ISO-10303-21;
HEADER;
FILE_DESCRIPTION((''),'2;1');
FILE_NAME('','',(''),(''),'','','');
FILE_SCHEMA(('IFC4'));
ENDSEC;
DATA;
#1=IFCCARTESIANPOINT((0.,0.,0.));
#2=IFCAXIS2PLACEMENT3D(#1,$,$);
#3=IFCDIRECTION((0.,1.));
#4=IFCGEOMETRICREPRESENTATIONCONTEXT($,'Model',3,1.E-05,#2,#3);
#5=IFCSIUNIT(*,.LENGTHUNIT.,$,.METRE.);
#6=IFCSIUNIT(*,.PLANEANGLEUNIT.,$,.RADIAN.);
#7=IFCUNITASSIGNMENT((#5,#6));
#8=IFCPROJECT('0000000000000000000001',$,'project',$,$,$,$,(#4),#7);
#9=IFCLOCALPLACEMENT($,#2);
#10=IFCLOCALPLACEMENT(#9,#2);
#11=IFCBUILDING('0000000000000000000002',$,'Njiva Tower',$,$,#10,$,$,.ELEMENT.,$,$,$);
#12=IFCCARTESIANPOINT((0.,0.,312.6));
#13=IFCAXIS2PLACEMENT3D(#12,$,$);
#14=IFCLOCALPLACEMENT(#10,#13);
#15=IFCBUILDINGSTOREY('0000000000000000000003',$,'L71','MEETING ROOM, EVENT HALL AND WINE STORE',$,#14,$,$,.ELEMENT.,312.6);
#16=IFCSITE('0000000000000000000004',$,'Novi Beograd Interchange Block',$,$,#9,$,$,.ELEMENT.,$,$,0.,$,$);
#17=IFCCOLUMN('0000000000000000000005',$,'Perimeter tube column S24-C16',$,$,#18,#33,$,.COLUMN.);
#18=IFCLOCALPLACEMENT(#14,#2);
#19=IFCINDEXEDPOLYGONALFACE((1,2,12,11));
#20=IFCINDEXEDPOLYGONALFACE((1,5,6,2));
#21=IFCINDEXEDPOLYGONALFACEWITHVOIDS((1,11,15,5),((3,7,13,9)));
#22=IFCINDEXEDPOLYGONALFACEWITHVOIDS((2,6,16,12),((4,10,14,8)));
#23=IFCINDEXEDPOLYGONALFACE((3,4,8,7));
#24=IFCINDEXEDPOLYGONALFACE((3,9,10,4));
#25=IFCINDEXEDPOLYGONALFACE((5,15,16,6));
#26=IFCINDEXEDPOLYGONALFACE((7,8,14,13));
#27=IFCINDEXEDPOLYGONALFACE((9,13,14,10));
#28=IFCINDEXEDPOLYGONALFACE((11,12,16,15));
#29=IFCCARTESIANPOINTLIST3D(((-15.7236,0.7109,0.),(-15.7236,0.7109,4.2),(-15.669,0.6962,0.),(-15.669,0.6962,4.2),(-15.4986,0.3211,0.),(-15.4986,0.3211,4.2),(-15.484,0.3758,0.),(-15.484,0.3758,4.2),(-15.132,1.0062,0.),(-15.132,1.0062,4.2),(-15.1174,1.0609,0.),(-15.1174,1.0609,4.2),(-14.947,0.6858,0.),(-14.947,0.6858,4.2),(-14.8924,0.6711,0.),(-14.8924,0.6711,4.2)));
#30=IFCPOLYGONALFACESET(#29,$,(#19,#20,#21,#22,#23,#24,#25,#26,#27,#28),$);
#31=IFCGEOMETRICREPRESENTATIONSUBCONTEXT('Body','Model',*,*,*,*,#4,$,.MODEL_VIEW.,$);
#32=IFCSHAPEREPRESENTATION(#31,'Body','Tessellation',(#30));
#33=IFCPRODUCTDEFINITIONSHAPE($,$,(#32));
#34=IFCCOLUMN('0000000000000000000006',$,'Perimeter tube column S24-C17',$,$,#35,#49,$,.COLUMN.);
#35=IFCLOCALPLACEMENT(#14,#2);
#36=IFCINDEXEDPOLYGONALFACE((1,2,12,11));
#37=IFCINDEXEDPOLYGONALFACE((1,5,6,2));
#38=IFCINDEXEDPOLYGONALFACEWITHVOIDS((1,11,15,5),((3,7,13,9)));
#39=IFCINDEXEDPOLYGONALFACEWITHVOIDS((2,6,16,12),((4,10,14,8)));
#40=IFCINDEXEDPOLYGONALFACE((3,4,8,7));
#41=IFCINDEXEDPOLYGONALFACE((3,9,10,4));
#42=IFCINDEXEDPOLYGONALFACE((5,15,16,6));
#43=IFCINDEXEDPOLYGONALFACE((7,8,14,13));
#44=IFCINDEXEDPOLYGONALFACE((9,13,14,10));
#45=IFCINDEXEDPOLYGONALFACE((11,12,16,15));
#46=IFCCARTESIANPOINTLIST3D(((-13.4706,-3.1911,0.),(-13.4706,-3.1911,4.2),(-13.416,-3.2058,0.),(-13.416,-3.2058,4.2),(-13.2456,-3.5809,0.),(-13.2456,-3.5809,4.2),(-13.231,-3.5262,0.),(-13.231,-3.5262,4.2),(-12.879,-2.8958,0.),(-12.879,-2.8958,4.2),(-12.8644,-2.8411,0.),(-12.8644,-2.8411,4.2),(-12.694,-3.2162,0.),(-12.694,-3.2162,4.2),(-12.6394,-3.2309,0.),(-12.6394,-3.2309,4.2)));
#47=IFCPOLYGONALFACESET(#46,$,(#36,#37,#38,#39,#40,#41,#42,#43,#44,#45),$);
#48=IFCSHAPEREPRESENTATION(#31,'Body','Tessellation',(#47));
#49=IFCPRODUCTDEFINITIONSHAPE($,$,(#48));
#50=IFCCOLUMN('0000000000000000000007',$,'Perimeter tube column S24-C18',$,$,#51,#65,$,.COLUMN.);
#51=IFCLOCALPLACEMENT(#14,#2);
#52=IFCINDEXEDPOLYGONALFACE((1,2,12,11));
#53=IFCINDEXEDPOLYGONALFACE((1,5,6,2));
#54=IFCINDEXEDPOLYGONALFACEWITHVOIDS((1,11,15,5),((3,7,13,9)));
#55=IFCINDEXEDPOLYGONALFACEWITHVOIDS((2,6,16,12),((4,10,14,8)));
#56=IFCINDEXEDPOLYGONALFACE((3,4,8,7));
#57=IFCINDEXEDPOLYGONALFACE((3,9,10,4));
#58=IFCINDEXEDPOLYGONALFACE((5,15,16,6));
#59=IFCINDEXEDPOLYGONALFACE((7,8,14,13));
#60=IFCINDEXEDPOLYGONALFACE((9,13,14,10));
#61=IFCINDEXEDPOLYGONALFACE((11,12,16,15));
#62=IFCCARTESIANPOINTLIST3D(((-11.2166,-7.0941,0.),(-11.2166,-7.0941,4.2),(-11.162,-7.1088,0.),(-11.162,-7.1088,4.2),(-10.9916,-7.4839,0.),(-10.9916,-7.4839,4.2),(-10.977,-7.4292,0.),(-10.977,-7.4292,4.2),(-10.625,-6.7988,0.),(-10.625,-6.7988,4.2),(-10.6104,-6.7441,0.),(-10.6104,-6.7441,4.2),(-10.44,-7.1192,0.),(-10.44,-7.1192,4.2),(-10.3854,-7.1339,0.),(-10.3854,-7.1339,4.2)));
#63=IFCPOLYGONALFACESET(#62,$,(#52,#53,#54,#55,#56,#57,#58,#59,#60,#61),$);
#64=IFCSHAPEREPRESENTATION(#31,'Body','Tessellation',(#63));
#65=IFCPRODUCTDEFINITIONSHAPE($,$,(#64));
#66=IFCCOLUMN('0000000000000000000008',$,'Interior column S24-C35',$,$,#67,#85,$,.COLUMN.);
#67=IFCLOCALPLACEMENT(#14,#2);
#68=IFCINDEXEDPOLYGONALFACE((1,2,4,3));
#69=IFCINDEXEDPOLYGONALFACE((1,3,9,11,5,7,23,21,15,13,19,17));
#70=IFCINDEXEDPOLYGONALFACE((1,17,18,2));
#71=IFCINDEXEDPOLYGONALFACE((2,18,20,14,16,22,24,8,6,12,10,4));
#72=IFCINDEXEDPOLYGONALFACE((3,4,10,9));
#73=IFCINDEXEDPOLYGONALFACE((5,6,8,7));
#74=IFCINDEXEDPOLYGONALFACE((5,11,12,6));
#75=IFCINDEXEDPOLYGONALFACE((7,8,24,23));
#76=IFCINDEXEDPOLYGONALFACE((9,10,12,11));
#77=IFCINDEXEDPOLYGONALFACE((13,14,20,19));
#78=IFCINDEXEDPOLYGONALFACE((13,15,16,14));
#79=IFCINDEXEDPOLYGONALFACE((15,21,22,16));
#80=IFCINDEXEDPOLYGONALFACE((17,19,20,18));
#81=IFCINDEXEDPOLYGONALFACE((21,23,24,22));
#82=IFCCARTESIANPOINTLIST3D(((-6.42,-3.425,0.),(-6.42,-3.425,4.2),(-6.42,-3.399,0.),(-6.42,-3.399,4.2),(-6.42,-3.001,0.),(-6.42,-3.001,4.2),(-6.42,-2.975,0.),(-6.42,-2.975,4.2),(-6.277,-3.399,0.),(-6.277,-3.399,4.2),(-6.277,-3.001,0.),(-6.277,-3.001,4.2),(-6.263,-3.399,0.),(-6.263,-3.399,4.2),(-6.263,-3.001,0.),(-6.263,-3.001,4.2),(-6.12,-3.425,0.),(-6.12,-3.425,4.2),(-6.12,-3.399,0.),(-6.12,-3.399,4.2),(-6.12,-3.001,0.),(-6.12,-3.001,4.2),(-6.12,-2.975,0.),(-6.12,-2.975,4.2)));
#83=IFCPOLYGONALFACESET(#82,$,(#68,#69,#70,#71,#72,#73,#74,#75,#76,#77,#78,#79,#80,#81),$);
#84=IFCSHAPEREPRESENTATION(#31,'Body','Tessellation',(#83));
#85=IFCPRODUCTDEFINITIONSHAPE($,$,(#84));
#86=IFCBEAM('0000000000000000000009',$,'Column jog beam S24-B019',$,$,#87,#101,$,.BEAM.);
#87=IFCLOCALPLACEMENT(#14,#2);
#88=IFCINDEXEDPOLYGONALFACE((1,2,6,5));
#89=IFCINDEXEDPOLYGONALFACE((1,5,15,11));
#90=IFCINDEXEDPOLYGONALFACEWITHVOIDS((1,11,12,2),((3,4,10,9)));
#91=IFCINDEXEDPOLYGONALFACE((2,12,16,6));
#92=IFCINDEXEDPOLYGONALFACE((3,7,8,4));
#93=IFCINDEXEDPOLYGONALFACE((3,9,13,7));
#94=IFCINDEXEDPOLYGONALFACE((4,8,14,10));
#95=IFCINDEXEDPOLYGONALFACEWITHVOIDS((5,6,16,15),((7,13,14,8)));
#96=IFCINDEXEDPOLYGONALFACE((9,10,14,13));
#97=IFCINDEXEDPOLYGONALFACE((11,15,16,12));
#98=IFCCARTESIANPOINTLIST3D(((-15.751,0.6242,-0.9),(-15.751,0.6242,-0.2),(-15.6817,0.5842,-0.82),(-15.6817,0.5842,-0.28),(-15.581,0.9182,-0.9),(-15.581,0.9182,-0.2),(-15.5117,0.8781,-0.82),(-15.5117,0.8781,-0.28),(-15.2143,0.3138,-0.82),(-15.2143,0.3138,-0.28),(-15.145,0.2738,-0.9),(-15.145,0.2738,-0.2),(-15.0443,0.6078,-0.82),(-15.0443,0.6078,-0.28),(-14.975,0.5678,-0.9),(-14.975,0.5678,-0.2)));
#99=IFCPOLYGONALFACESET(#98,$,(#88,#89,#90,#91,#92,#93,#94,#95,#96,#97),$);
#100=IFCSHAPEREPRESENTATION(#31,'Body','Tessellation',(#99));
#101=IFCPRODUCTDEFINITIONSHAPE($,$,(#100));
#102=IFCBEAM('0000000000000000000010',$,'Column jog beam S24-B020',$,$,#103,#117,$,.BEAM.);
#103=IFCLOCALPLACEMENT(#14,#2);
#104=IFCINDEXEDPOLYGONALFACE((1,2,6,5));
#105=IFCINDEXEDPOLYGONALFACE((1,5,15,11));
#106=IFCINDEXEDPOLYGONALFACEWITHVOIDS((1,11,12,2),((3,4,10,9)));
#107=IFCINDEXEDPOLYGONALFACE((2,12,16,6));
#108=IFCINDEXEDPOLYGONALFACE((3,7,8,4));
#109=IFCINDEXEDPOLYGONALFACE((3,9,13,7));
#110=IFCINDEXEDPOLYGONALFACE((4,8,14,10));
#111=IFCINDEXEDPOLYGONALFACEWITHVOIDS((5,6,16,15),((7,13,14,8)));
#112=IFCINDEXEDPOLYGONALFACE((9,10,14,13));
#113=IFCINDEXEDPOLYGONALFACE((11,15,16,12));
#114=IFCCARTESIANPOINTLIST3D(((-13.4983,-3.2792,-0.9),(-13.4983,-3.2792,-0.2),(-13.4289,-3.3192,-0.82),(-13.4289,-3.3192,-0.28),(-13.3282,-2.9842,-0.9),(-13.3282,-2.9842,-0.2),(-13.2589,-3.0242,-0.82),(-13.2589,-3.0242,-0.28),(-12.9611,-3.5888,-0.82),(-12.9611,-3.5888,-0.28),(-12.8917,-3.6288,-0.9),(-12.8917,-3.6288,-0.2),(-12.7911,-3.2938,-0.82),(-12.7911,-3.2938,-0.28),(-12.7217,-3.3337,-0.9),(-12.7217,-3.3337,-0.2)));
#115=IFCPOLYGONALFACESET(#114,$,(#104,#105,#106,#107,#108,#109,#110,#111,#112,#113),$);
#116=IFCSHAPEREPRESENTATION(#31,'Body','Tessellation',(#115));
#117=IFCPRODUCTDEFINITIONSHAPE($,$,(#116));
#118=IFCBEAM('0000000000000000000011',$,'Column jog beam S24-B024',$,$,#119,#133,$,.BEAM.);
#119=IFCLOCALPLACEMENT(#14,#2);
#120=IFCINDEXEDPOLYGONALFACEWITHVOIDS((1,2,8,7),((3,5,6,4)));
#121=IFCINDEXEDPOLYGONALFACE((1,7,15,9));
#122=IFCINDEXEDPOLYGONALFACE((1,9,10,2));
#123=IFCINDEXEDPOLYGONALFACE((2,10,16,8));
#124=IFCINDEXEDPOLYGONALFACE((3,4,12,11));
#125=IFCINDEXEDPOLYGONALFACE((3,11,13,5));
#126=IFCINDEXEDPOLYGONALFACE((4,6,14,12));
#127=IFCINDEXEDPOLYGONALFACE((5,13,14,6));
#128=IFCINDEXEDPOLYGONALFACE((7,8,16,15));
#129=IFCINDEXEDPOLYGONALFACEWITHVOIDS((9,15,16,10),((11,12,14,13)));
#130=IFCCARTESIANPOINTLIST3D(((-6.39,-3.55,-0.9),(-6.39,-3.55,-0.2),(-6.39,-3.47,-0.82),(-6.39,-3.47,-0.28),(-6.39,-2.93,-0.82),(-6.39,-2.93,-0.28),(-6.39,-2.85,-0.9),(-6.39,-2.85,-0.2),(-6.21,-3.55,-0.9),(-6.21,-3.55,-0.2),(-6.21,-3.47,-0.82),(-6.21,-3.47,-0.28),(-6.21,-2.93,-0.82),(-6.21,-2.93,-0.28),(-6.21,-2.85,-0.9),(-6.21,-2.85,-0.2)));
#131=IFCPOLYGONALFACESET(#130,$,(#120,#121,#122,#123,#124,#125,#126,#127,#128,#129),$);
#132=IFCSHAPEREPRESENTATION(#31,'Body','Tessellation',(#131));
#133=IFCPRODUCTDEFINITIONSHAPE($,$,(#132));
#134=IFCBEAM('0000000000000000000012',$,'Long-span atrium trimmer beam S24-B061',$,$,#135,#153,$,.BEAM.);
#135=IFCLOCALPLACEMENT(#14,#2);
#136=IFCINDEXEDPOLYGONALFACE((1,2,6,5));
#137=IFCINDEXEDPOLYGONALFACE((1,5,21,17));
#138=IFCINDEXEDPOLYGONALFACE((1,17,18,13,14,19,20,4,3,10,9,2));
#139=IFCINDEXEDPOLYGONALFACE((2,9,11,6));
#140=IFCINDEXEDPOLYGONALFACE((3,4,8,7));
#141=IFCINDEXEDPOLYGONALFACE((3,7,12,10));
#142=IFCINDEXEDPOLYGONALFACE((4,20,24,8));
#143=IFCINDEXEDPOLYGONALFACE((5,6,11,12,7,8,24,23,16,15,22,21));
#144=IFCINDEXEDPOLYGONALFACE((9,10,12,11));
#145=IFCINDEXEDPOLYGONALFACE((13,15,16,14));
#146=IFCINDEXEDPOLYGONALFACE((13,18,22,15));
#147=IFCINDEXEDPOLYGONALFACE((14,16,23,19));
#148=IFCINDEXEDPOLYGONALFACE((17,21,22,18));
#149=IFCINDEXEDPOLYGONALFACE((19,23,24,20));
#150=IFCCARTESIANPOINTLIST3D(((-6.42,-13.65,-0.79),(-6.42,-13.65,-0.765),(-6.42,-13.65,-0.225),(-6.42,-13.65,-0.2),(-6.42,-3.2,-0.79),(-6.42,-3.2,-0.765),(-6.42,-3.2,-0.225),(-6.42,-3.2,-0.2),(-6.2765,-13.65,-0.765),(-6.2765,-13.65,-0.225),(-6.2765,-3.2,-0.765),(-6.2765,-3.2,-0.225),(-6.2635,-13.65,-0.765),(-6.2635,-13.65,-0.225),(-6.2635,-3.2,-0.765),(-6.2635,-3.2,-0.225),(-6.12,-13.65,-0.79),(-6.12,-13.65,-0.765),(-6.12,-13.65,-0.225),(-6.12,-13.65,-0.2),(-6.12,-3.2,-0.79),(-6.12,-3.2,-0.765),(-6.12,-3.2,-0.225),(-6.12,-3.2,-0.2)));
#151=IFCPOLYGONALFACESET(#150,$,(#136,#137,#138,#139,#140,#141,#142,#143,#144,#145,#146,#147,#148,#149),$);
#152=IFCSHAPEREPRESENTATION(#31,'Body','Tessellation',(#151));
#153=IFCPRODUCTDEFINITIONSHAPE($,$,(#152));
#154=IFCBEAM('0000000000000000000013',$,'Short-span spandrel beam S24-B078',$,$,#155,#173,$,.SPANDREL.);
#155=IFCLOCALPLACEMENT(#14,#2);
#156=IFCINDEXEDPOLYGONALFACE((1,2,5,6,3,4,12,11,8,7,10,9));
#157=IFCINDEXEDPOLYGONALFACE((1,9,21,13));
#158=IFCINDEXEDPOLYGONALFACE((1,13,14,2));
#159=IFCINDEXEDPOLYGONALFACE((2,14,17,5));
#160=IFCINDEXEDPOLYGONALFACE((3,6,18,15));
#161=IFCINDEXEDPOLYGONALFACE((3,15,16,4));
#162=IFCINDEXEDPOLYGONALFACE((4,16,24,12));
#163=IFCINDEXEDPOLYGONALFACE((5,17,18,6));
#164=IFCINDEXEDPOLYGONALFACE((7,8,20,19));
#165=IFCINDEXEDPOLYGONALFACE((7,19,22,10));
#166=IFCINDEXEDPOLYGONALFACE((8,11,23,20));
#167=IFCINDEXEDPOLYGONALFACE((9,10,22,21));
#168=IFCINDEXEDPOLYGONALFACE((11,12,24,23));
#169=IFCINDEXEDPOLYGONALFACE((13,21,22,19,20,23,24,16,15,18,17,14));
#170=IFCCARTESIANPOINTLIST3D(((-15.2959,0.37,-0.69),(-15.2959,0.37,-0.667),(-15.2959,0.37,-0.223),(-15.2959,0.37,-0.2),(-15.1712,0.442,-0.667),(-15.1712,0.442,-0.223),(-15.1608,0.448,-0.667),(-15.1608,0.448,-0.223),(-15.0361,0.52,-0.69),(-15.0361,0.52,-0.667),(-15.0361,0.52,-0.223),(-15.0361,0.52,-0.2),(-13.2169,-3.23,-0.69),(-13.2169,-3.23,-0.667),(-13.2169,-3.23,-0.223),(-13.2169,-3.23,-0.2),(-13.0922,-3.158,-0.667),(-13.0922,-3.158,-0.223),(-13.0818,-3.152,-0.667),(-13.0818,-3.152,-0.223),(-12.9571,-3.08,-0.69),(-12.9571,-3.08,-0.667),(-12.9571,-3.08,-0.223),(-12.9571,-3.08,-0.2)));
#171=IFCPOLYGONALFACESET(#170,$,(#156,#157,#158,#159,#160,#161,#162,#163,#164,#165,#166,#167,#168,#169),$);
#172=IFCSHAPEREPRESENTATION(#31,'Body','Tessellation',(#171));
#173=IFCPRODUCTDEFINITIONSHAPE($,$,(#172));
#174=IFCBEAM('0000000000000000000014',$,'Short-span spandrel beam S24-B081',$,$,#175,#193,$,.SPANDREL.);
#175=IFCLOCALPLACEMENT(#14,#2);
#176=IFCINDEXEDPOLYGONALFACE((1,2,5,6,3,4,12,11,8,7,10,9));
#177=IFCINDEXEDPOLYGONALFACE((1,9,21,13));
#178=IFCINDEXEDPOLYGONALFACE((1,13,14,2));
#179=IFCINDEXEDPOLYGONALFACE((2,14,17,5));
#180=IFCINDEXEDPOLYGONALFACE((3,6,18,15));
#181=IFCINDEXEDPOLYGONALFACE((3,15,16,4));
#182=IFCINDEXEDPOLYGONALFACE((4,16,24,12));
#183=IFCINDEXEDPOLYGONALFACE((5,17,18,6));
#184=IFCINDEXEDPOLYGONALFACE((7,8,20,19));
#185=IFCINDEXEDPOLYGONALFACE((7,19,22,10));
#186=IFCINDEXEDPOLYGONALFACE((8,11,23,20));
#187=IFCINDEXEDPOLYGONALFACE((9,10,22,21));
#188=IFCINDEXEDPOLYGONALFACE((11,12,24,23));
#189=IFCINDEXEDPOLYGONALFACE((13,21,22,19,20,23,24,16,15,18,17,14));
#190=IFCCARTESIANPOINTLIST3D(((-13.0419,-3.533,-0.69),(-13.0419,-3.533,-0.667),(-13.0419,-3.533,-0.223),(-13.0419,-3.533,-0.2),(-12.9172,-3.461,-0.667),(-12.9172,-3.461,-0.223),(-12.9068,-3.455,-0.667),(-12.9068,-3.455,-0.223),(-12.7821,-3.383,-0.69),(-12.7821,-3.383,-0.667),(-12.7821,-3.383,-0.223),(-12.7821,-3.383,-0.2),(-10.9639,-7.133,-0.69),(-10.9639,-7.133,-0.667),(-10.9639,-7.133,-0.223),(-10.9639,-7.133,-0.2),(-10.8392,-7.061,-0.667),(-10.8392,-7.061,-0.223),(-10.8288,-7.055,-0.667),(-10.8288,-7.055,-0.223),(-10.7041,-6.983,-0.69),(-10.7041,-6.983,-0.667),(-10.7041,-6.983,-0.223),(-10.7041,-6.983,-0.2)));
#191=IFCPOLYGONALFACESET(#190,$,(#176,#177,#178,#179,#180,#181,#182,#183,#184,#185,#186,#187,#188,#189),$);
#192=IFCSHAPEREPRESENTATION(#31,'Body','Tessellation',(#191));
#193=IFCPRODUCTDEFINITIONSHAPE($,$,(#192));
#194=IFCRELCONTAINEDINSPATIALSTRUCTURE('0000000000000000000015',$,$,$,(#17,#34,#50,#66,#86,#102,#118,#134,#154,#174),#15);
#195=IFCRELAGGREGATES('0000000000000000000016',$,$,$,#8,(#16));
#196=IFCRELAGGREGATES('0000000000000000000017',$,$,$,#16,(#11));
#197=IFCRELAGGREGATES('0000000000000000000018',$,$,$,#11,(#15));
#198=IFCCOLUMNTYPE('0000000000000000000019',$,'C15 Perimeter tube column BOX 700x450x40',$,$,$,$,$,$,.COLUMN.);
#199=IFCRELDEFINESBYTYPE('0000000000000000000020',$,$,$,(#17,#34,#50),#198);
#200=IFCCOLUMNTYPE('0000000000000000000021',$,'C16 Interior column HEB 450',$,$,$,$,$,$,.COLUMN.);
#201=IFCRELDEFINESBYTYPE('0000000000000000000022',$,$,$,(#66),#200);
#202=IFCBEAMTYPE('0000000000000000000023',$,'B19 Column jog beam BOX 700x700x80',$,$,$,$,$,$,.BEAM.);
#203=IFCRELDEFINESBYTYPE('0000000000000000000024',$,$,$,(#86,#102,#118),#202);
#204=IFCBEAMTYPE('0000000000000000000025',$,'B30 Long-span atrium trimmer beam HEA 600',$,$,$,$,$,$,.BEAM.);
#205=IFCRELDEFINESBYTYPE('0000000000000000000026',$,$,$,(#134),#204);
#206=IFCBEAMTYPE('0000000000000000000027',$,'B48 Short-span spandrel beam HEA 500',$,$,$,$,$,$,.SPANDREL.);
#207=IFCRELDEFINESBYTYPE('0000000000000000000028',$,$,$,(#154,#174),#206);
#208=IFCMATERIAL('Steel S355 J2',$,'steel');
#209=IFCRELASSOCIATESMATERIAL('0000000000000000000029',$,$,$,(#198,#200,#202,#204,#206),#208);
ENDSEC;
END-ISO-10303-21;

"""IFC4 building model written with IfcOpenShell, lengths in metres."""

from ifc_helpers import new_model, si_unit, direction, frame, origin, origin_2d, place, context, subcontext, project, spatial, hollow_rectangle, i_section, extrude, material, material_profile, profile_set, type_object, element, save


model = new_model("IFC4")

# Units and contexts
model_context = context("Model", 3, precision=1e-05, world=origin(), true_north=direction((0.0, 1.0)))
body_context = subcontext(model_context, "Body", "Model", "MODEL_VIEW")
ifc_project = project(units=[si_unit("LENGTHUNIT", "METRE"), si_unit("PLANEANGLEUNIT", "RADIAN")], contexts=[model_context])

# Site, building, storey
site_placement = place(None, origin())
site = spatial("IfcSite", under=ifc_project, at=site_placement, Name="Novi Beograd Interchange Block", CompositionType="ELEMENT", RefElevation=0.0)
building_placement = place(site_placement, origin())
building = spatial("IfcBuilding", under=site, at=building_placement, Name="Njiva Tower", CompositionType="ELEMENT")
storey_placement = place(building_placement, frame((0.0, 0.0, 312.6)))
storey = spatial("IfcBuildingStorey", under=building, at=storey_placement, Name="L71", Description="MEETING ROOM, EVENT HALL AND WINE STORE", CompositionType="ELEMENT", Elevation=312.6)

# Columns
ifc_material_1 = material(Name="Steel S355 J2", Category="steel")
ifc_material_profile_1 = material_profile(ifc_material_1, hollow_rectangle(XDim=0.45, YDim=0.7, WallThickness=0.04, at=origin_2d()), Name="BOX 700x450x40")
ifc_profile_set_1 = profile_set([ifc_material_profile_1], Name="Steel S355 J2")
column_type_1 = type_object("IfcColumnType", Name="C15 Perimeter tube column BOX 700x450x40", PredefinedType="COLUMN", material=ifc_profile_set_1)
for number, where, z_axis, x_axis, name in (
    (1, (-15.308, 0.691, 0.0), (0.0, 0.0, 1.0), (0.5, -0.866025, 0.0), "Perimeter tube column S24-C16"),
    (2, (-13.055, -3.211, 0.0), (0.0, 0.0, 1.0), (0.5, -0.866025, 0.0), "Perimeter tube column S24-C17"),
    (3, (-10.801, -7.114, 0.0), (0.0, 0.0, 1.0), (0.5, -0.866025, 0.0), "Perimeter tube column S24-C18"),
):
    element("IfcColumn", number, at=place(storey_placement, frame(where, z_axis=z_axis, x_axis=x_axis)), inside=storey, type_object=column_type_1, Name=name, PredefinedType="COLUMN", context=body_context, shape_type="SweptSolid", body=[
        extrude(hollow_rectangle(XDim=0.45, YDim=0.7, WallThickness=0.04, at=origin_2d()), origin(), (0.0, 0.0, 1.0), 4.2),
    ])
ifc_material_profile_2 = material_profile(ifc_material_1, i_section(OverallWidth=0.3, OverallDepth=0.45, WebThickness=0.014, FlangeThickness=0.026, at=origin_2d()), Name="HEB 450")
ifc_profile_set_2 = profile_set([ifc_material_profile_2], Name="Steel S355 J2")
column_type_2 = type_object("IfcColumnType", Name="C16 Interior column HEB 450", PredefinedType="COLUMN", material=ifc_profile_set_2)
column_placement = place(storey_placement, frame((-6.27, -3.2, 0.0), z_axis=(0.0, 0.0, 1.0), x_axis=(1.0, 0.0, 0.0)))
element("IfcColumn", 4, at=column_placement, inside=storey, type_object=column_type_2, Name="Interior column S24-C35", PredefinedType="COLUMN", context=body_context, shape_type="SweptSolid", body=[
    extrude(i_section(OverallWidth=0.3, OverallDepth=0.45, WebThickness=0.014, FlangeThickness=0.026, at=origin_2d()), origin(), (0.0, 0.0, 1.0), 4.2),
])

# Beams
ifc_material_profile_3 = material_profile(ifc_material_1, hollow_rectangle(XDim=0.7, YDim=0.7, WallThickness=0.08, at=origin_2d()), Name="BOX 700x700x80")
ifc_profile_set_3 = profile_set([ifc_material_profile_3], Name="Steel S355 J2")
beam_type_1 = type_object("IfcBeamType", Name="B19 Column jog beam BOX 700x700x80", PredefinedType="BEAM", material=ifc_profile_set_3)
beam_1_placement = place(storey_placement, frame((-15.448, 0.449, -0.55), z_axis=(0.500572, 0.865695, 0.0), x_axis=(-0.865695, 0.500572, 0.0)))
element("IfcBeam", 5, at=beam_1_placement, inside=storey, type_object=beam_type_1, Name="Column jog beam S24-B019", PredefinedType="BEAM", context=body_context, shape_type="SweptSolid", body=[
    extrude(hollow_rectangle(XDim=0.7, YDim=0.7, WallThickness=0.08, at=origin_2d()), origin(), (0.0, 0.0, 1.0), 0.3396),
])
beam_2_placement = place(storey_placement, frame((-13.195, -3.454, -0.55), z_axis=(0.499299, 0.86643, 0.0), x_axis=(-0.86643, 0.499299, 0.0)))
element("IfcBeam", 6, at=beam_2_placement, inside=storey, type_object=beam_type_1, Name="Column jog beam S24-B020", PredefinedType="BEAM", context=body_context, shape_type="SweptSolid", body=[
    extrude(hollow_rectangle(XDim=0.7, YDim=0.7, WallThickness=0.08, at=origin_2d()), origin(), (0.0, 0.0, 1.0), 0.3405),
])
beam_3_placement = place(storey_placement, frame((-6.39, -3.2, -0.55), z_axis=(1.0, 0.0, 0.0), x_axis=(0.0, 1.0, 0.0)))
element("IfcBeam", 7, at=beam_3_placement, inside=storey, type_object=beam_type_1, Name="Column jog beam S24-B024", PredefinedType="BEAM", context=body_context, shape_type="SweptSolid", body=[
    extrude(hollow_rectangle(XDim=0.7, YDim=0.7, WallThickness=0.08, at=origin_2d()), origin(), (0.0, 0.0, 1.0), 0.18),
])
ifc_material_profile_4 = material_profile(ifc_material_1, i_section(OverallWidth=0.3, OverallDepth=0.59, WebThickness=0.013, FlangeThickness=0.025, at=origin_2d()), Name="HEA 600")
ifc_profile_set_4 = profile_set([ifc_material_profile_4], Name="Steel S355 J2")
beam_type_2 = type_object("IfcBeamType", Name="B30 Long-span atrium trimmer beam HEA 600", PredefinedType="BEAM", material=ifc_profile_set_4)
beam_4_placement = place(storey_placement, frame((-6.27, -3.2, -0.495), z_axis=(0.0, -1.0, 0.0), x_axis=(1.0, 0.0, 0.0)))
element("IfcBeam", 8, at=beam_4_placement, inside=storey, type_object=beam_type_2, Name="Long-span atrium trimmer beam S24-B061", PredefinedType="BEAM", context=body_context, shape_type="SweptSolid", body=[
    extrude(i_section(OverallWidth=0.3, OverallDepth=0.59, WebThickness=0.013, FlangeThickness=0.025, at=origin_2d()), origin(), (0.0, 0.0, 1.0), 10.45),
])
ifc_material_profile_5 = material_profile(ifc_material_1, i_section(OverallWidth=0.3, OverallDepth=0.49, WebThickness=0.012, FlangeThickness=0.023, at=origin_2d()), Name="HEA 500")
ifc_profile_set_5 = profile_set([ifc_material_profile_5], Name="Steel S355 J2")
beam_type_3 = type_object("IfcBeamType", Name="B48 Short-span spandrel beam HEA 500", PredefinedType="SPANDREL", material=ifc_profile_set_5)
beam_5_placement = place(storey_placement, frame((-15.166, 0.445, -0.445), z_axis=(0.500097, -0.865969, 0.0), x_axis=(0.865969, 0.500097, 0.0)))
element("IfcBeam", 9, at=beam_5_placement, inside=storey, type_object=beam_type_3, Name="Short-span spandrel beam S24-B078", PredefinedType="SPANDREL", context=body_context, shape_type="SweptSolid", body=[
    extrude(i_section(OverallWidth=0.3, OverallDepth=0.49, WebThickness=0.012, FlangeThickness=0.023, at=origin_2d()), origin(), (0.0, 0.0, 1.0), 4.1572),
])
beam_6_placement = place(storey_placement, frame((-12.912, -3.458, -0.445), z_axis=(0.499917, -0.866073, 0.0), x_axis=(0.866073, 0.499917, 0.0)))
element("IfcBeam", 10, at=beam_6_placement, inside=storey, type_object=beam_type_3, Name="Short-span spandrel beam S24-B081", PredefinedType="SPANDREL", context=body_context, shape_type="SweptSolid", body=[
    extrude(i_section(OverallWidth=0.3, OverallDepth=0.49, WebThickness=0.012, FlangeThickness=0.023, at=origin_2d()), origin(), (0.0, 0.0, 1.0), 4.1567),
])

save(model, "model.ifc")
